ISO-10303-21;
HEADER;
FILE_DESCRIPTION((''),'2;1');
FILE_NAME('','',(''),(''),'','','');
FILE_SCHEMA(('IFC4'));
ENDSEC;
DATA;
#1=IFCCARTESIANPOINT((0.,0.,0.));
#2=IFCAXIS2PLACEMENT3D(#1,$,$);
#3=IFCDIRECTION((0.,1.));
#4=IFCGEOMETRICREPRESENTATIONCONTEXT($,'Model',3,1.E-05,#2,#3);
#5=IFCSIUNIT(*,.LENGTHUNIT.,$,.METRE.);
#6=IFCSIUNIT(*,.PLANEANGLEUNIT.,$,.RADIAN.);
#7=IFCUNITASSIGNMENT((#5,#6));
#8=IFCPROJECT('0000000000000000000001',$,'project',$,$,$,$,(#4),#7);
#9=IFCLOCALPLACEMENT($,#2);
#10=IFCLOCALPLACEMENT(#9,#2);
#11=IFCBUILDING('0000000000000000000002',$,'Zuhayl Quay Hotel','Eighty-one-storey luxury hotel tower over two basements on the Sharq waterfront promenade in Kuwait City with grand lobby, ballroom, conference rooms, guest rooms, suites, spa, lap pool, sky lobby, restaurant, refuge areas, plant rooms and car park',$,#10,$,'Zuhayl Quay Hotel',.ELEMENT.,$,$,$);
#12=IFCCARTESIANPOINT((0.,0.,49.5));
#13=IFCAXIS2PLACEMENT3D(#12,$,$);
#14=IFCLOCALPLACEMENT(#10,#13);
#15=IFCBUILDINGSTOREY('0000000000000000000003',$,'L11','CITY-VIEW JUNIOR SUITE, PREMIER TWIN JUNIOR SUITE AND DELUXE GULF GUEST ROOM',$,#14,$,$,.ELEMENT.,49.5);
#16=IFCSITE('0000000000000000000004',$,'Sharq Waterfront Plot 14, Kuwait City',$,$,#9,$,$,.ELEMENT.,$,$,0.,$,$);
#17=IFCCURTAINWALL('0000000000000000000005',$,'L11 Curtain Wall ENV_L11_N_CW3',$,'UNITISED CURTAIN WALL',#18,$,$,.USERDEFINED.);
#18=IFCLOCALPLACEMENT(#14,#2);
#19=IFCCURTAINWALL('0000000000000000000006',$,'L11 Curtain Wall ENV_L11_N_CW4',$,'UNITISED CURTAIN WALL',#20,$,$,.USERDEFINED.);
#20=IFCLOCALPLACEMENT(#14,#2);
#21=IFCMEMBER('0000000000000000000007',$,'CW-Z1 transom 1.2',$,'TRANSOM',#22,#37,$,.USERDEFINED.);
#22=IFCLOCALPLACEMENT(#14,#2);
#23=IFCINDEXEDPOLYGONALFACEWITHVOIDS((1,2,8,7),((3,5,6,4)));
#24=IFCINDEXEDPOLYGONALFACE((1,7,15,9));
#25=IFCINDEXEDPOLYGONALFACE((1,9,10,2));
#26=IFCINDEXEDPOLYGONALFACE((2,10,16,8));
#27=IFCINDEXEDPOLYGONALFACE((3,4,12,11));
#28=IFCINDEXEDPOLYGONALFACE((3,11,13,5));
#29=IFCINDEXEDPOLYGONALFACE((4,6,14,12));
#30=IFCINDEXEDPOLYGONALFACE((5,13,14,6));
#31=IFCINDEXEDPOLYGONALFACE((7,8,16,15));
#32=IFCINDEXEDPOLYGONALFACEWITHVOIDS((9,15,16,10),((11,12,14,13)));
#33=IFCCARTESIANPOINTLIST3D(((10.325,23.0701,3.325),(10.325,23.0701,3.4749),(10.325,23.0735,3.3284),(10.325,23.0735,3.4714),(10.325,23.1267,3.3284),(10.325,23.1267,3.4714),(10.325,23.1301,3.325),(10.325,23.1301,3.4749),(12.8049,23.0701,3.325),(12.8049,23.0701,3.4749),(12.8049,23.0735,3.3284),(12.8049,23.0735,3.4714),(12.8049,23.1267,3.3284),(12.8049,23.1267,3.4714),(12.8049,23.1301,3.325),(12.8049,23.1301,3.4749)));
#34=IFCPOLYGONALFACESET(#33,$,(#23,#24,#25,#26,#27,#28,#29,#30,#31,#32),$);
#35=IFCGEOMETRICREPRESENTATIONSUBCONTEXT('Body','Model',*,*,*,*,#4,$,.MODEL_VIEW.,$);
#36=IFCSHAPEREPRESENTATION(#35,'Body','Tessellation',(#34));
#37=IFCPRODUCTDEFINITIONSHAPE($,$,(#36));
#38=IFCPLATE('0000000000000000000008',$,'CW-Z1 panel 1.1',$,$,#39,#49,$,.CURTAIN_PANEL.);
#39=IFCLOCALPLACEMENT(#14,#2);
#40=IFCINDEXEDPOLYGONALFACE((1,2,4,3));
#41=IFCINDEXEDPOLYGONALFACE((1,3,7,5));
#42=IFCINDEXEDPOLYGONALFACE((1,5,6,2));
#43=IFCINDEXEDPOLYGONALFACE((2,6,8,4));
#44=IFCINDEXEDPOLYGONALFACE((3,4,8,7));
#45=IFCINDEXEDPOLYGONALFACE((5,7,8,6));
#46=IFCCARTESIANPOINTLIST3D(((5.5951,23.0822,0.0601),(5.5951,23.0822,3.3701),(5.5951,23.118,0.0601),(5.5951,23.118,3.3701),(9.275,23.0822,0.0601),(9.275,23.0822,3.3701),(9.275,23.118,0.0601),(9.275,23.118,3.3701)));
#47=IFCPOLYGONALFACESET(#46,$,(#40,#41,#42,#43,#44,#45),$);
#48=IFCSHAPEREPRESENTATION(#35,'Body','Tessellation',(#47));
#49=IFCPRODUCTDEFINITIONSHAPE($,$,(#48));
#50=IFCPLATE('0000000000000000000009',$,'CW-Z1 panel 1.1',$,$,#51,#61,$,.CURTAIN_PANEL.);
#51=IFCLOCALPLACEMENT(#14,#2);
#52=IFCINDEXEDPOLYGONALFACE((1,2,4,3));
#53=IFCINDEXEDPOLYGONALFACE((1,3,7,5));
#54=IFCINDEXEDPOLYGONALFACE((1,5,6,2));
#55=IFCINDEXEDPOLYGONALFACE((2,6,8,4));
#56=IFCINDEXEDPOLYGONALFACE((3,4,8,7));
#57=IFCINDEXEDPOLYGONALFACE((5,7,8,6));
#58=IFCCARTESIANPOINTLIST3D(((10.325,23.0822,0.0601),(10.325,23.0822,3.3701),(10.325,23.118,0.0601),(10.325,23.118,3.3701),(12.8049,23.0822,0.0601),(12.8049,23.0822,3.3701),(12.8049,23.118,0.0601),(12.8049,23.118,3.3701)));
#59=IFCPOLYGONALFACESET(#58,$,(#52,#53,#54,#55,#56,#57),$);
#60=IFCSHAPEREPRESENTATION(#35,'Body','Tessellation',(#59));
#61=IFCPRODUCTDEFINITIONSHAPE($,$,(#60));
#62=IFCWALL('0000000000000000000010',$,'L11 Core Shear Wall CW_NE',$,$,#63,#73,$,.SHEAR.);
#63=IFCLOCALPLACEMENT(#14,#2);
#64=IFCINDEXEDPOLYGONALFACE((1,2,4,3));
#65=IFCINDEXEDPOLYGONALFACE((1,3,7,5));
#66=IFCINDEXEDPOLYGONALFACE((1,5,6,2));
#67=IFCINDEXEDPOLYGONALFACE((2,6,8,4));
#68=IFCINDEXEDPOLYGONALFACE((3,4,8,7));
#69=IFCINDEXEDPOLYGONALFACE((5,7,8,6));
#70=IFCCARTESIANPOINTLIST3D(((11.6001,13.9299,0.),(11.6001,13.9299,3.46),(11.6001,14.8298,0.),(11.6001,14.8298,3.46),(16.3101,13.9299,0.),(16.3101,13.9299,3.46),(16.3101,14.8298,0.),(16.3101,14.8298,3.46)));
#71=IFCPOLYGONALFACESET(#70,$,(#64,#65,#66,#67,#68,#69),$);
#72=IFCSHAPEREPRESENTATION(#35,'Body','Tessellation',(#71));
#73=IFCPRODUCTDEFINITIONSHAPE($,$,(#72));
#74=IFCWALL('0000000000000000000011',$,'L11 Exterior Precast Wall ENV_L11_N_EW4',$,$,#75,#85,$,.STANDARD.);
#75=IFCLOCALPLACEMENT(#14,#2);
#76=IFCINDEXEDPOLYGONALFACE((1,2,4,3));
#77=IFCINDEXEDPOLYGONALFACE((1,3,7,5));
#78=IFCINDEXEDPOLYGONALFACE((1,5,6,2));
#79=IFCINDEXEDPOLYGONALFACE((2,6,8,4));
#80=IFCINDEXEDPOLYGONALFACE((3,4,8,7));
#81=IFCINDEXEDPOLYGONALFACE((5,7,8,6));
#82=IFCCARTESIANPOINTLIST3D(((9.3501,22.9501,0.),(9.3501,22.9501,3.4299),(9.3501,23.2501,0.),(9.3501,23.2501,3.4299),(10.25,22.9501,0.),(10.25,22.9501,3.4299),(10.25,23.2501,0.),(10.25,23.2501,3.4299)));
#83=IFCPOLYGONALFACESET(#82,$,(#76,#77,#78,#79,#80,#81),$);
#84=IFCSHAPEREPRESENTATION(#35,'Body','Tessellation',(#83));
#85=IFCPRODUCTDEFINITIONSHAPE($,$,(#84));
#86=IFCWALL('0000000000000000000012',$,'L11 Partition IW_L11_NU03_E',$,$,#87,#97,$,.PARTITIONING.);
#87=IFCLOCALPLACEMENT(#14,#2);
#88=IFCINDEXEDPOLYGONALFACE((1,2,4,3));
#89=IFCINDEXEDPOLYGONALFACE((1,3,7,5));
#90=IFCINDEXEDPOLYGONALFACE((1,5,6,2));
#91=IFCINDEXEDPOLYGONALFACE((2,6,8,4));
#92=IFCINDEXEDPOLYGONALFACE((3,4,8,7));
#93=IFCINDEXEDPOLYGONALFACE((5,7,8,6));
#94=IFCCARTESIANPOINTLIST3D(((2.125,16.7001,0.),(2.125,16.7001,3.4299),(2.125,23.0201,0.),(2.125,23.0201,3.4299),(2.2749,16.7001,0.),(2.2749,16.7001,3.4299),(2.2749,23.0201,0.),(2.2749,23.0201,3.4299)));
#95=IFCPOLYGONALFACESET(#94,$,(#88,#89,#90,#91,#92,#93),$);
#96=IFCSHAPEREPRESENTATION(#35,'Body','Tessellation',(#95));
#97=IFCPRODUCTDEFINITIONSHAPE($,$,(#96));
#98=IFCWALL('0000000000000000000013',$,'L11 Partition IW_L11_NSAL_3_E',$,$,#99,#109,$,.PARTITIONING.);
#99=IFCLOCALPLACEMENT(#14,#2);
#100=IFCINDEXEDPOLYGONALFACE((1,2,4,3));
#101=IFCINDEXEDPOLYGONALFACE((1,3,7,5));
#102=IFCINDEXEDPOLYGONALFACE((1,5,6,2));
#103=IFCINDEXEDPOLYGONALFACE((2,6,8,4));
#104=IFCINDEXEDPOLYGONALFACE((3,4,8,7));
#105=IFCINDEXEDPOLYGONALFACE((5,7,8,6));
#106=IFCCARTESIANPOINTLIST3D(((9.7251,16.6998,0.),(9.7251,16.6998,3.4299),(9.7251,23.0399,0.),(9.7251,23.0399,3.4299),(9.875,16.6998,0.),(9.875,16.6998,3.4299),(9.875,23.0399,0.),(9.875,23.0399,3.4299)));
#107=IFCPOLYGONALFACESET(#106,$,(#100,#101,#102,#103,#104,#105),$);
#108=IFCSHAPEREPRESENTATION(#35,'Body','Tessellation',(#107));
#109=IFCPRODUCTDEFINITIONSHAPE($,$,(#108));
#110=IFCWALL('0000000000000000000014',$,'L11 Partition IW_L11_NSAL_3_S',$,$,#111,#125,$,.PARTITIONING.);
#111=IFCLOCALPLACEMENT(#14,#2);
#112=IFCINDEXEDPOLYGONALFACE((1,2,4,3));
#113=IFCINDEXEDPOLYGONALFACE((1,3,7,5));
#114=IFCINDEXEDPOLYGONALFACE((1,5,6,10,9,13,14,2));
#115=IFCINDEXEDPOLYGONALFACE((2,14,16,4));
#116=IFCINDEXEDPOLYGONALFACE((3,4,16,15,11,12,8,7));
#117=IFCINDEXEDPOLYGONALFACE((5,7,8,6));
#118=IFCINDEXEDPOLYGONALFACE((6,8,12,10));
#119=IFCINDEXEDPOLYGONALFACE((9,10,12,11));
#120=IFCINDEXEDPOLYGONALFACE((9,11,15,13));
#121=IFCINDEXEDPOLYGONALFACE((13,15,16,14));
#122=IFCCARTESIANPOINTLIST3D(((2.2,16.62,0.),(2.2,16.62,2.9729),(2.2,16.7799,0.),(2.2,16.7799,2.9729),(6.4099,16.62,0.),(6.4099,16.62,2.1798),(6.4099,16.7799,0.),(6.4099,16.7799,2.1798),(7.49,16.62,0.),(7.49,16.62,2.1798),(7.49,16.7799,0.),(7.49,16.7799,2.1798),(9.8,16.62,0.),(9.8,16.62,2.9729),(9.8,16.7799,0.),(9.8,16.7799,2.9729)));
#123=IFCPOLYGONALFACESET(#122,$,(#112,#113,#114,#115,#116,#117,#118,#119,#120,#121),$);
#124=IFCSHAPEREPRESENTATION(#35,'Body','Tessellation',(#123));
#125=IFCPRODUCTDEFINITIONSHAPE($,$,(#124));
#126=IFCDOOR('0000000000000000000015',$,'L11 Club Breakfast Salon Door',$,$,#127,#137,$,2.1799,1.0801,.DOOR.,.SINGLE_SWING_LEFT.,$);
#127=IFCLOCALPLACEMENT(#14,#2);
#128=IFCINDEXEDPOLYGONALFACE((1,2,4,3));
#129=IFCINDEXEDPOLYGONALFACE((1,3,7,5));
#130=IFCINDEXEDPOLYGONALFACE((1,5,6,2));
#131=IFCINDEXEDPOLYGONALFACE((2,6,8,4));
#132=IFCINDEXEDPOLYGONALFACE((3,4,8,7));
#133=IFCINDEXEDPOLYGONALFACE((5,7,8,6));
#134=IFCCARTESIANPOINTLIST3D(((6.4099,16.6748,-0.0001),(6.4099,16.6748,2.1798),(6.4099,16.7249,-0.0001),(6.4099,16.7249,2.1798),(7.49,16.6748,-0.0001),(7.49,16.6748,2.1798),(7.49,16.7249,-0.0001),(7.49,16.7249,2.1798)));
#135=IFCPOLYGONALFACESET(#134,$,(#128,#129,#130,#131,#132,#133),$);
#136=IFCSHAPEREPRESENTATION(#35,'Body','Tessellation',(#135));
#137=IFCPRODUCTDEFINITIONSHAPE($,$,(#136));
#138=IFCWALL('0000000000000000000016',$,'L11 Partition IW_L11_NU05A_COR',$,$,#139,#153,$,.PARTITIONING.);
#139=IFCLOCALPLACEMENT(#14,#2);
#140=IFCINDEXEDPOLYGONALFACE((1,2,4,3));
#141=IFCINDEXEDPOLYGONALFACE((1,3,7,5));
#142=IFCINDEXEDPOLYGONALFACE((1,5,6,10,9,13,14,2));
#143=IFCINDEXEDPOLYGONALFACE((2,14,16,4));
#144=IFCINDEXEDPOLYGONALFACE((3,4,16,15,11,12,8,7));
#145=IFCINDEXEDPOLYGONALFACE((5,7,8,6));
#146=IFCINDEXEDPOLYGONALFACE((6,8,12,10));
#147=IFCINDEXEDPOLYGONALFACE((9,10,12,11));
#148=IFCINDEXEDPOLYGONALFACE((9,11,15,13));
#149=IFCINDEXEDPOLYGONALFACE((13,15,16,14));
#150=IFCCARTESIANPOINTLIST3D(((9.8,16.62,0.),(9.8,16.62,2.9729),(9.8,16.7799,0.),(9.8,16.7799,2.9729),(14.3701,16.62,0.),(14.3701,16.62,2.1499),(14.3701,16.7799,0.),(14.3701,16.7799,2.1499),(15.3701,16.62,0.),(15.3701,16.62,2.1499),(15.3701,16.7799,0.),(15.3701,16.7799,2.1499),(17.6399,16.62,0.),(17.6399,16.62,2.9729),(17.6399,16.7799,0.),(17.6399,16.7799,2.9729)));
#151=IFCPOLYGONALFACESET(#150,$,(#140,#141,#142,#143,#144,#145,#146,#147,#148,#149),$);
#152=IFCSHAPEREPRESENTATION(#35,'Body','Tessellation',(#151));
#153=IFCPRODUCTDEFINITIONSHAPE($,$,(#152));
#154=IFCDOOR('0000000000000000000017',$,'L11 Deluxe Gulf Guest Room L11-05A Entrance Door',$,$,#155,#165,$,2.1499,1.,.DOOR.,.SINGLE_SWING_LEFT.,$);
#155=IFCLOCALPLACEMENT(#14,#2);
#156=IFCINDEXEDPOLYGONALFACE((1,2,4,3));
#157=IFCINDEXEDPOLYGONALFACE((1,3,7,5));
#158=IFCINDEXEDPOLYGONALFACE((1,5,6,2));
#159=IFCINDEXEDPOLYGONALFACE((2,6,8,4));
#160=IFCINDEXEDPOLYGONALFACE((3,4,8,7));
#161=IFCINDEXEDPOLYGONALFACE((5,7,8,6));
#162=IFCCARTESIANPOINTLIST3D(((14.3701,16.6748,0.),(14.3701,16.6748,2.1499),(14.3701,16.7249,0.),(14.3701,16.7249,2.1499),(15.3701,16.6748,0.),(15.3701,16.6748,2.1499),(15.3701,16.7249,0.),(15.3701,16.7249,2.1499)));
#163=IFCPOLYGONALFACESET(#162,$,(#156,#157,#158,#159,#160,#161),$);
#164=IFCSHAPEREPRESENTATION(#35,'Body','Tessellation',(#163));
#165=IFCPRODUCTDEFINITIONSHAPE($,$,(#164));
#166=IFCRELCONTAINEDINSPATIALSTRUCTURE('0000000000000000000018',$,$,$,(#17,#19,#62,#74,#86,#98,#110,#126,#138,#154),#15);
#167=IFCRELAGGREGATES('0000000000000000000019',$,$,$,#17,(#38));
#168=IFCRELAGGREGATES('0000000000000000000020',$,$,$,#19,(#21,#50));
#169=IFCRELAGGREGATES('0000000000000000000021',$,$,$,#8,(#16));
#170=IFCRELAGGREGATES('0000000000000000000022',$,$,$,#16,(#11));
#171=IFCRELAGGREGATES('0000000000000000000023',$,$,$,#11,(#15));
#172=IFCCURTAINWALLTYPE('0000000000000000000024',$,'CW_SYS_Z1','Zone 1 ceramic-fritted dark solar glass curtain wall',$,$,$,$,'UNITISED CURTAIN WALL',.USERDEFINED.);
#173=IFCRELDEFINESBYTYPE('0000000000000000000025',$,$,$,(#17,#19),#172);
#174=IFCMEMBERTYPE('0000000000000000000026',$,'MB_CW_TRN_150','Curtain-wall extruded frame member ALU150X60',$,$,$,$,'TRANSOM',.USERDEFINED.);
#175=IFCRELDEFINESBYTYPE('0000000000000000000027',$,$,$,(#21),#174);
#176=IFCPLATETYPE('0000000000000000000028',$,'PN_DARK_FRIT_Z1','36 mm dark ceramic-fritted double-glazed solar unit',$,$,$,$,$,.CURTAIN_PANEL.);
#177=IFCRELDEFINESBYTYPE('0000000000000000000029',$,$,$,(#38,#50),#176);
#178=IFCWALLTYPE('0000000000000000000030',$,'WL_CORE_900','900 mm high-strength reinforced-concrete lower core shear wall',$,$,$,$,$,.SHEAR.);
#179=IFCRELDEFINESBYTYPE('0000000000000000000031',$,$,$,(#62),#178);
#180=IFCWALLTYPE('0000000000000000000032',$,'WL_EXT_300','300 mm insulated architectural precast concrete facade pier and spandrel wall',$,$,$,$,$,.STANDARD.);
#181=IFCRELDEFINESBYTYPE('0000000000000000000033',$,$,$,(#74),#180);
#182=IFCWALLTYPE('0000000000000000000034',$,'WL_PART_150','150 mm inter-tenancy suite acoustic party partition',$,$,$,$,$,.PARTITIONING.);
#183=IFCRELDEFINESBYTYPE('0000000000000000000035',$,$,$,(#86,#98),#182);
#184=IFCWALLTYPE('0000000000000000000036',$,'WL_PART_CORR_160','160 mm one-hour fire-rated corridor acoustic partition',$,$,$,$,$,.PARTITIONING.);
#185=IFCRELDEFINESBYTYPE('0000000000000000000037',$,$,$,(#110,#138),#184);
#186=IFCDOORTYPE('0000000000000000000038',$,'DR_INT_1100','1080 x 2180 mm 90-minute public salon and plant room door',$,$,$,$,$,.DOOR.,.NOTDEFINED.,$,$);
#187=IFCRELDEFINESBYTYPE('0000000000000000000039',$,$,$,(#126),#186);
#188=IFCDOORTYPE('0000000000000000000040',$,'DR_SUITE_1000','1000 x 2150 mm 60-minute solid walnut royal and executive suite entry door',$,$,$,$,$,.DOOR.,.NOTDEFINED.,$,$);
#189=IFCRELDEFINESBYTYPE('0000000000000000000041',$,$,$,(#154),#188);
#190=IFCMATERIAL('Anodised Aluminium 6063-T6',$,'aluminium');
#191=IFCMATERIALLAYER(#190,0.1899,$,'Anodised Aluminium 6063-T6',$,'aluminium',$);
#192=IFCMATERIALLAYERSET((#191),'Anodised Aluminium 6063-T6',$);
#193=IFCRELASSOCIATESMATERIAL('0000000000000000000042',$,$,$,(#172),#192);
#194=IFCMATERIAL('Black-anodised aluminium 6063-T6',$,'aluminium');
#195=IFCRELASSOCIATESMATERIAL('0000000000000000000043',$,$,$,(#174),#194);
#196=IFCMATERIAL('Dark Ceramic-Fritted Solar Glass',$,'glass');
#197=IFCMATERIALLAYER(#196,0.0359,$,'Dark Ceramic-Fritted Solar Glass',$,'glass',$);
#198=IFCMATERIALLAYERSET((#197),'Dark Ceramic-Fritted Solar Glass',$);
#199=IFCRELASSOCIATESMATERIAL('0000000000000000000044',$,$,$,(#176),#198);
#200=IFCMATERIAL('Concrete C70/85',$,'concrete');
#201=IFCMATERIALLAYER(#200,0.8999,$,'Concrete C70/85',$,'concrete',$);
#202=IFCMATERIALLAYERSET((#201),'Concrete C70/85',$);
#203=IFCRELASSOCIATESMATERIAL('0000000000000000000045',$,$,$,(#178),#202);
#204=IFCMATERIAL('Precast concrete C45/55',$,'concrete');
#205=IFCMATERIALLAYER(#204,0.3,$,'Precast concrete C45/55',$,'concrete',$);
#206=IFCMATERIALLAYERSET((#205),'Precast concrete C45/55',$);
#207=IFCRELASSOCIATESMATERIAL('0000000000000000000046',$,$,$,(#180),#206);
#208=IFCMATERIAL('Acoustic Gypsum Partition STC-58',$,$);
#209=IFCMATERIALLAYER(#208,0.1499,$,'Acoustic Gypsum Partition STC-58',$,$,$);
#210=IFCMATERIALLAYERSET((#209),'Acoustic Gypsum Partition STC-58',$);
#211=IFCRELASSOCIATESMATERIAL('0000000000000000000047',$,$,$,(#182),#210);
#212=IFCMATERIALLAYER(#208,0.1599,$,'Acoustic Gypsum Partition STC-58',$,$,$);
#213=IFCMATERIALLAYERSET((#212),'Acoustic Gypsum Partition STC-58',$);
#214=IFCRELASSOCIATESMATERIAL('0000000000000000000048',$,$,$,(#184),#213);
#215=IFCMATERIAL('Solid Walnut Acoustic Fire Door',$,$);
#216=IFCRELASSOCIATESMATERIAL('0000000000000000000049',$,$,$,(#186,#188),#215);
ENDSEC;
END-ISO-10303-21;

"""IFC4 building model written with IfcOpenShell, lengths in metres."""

from ifc_helpers import new_model, si_unit, direction, frame, frame_2d, origin, origin_2d, place, context, subcontext, project, spatial, rectangle, hollow_rectangle, extrude, material, layer, layer_set, material_profile, profile_set, type_object, element, fill, aggregate, save


model = new_model("IFC4")

# Units and contexts
model_context = context("Model", 3, precision=1e-05, world=origin(), true_north=direction((0.0, 1.0)))
body_context = subcontext(model_context, "Body", "Model", "MODEL_VIEW")
ifc_project = project(units=[si_unit("LENGTHUNIT", "METRE"), si_unit("PLANEANGLEUNIT", "RADIAN")], contexts=[model_context])

# Site, building, storey
site_placement = place(None, origin())
site = spatial("IfcSite", under=ifc_project, at=site_placement, Name="Sharq Waterfront Plot 14, Kuwait City", CompositionType="ELEMENT", RefElevation=0.0)
building_placement = place(site_placement, origin())
building = spatial("IfcBuilding", under=site, at=building_placement, Name="Zuhayl Quay Hotel", Description="Eighty-one-storey luxury hotel tower over two basements on the Sharq waterfront promenade in Kuwait City with grand lobby, ballroom, conference rooms, guest rooms, suites, spa, lap pool, sky lobby, restaurant, refuge areas, plant rooms and car park", LongName="Zuhayl Quay Hotel", CompositionType="ELEMENT")
storey_placement = place(building_placement, frame((0.0, 0.0, 49.5)))
storey = spatial("IfcBuildingStorey", under=building, at=storey_placement, Name="L11", Description="CITY-VIEW JUNIOR SUITE, PREMIER TWIN JUNIOR SUITE AND DELUXE GULF GUEST ROOM", CompositionType="ELEMENT", Elevation=49.5)

# Shared definitions
ifc_material_1 = material(Name="Concrete C70/85", Category="concrete")

# Curtain wall
ifc_material_2 = material(Name="Anodised Aluminium 6063-T6", Category="aluminium")
ifc_layer_1 = layer(ifc_material_2, 0.1899, Name="Anodised Aluminium 6063-T6", Category="aluminium")
ifc_layer_set_1 = layer_set([ifc_layer_1], Name="Anodised Aluminium 6063-T6")
curtain_wall_type = type_object("IfcCurtainWallType", Name="CW_SYS_Z1", Description="Zone 1 ceramic-fritted dark solar glass curtain wall", ElementType="UNITISED CURTAIN WALL", PredefinedType="USERDEFINED", material=ifc_layer_set_1)
curtain_wall_1_placement = place(storey_placement, origin())
curtain_wall_1 = element("IfcCurtainWall", 1, at=curtain_wall_1_placement, inside=storey, type_object=curtain_wall_type, Name="L11 Curtain Wall ENV_L11_N_CW3", ObjectType="UNITISED CURTAIN WALL", PredefinedType="USERDEFINED")
ifc_material_3 = material(Name="Black-anodised aluminium 6063-T6", Category="aluminium")

# Curtain wall
curtain_wall_2_placement = place(storey_placement, origin())
curtain_wall_2 = element("IfcCurtainWall", 2, at=curtain_wall_2_placement, inside=storey, type_object=curtain_wall_type, Name="L11 Curtain Wall ENV_L11_N_CW4", ObjectType="UNITISED CURTAIN WALL", PredefinedType="USERDEFINED")

# Member
ifc_material_profile_1 = material_profile(ifc_material_3, hollow_rectangle(XDim=0.0601, YDim=0.1499, WallThickness=0.0034, at=origin_2d()), Name="ALU150X60")
ifc_profile_set_1 = profile_set([ifc_material_profile_1], Name="Black-anodised aluminium 6063-T6")
member_type_1 = type_object("IfcMemberType", Name="MB_CW_TRN_150", Description="Curtain-wall extruded frame member ALU150X60", ElementType="TRANSOM", PredefinedType="USERDEFINED", material=ifc_profile_set_1)
member_1_placement = place(storey_placement, frame((10.325, 23.1001, 3.3999), z_axis=(1.0, 0.0, 0.0), x_axis=(0.0, 1.0, 0.0)))
member_1 = element("IfcMember", 3, at=member_1_placement, type_object=member_type_1, Name="CW-Z1 transom 1.2", ObjectType="TRANSOM", PredefinedType="USERDEFINED", context=body_context, shape_type="SweptSolid", body=[
    extrude(hollow_rectangle(XDim=0.0601, YDim=0.1499, WallThickness=0.0034, at=origin_2d()), origin(), (0.0, 0.0, 1.0), 2.48),
])

# Plates
ifc_material_4 = material(Name="Dark Ceramic-Fritted Solar Glass", Category="glass")
ifc_layer_2 = layer(ifc_material_4, 0.0359, Name="Dark Ceramic-Fritted Solar Glass", Category="glass")
ifc_layer_set_2 = layer_set([ifc_layer_2], Name="Dark Ceramic-Fritted Solar Glass")
plate_type = type_object("IfcPlateType", Name="PN_DARK_FRIT_Z1", Description="36 mm dark ceramic-fritted double-glazed solar unit", PredefinedType="CURTAIN_PANEL", material=ifc_layer_set_2)
plate_1_placement = place(storey_placement, frame((7.4351, 23.1001, 0.0601), z_axis=(0.0, 0.0, 1.0), x_axis=(1.0, 0.0, 0.0)))
plate_1 = element("IfcPlate", 4, at=plate_1_placement, type_object=plate_type, Name="CW-Z1 panel 1.1", PredefinedType="CURTAIN_PANEL", context=body_context, shape_type="SweptSolid", body=[
    extrude(rectangle(XDim=3.6799, YDim=0.0359, at=origin_2d()), origin(), (0.0, 0.0, 1.0), 3.3101),
])
aggregate(curtain_wall_1, [plate_1])
plate_2_placement = place(storey_placement, frame((11.5649, 23.1001, 0.0601), z_axis=(0.0, 0.0, 1.0), x_axis=(1.0, 0.0, 0.0)))
plate_2 = element("IfcPlate", 5, at=plate_2_placement, type_object=plate_type, Name="CW-Z1 panel 1.1", PredefinedType="CURTAIN_PANEL", context=body_context, shape_type="SweptSolid", body=[
    extrude(rectangle(XDim=2.48, YDim=0.0359, at=origin_2d()), origin(), (0.0, 0.0, 1.0), 3.3101),
])
aggregate(curtain_wall_2, [member_1, plate_2])

# Walls
ifc_layer_3 = layer(ifc_material_1, 0.8999, Name="Concrete C70/85", Category="concrete")
ifc_layer_set_3 = layer_set([ifc_layer_3], Name="Concrete C70/85")
wall_type_1 = type_object("IfcWallType", Name="WL_CORE_900", Description="900 mm high-strength reinforced-concrete lower core shear wall", PredefinedType="SHEAR", material=ifc_layer_set_3)
wall_1_placement = place(storey_placement, frame((11.6001, 14.3799, 0.0), z_axis=(0.0, 0.0, 1.0), x_axis=(1.0, 0.0, 0.0)))
element("IfcWall", 6, at=wall_1_placement, inside=storey, type_object=wall_type_1, Name="L11 Core Shear Wall CW_NE", PredefinedType="SHEAR", context=body_context, shape_type="SweptSolid", body=[
    extrude(rectangle(XDim=4.71, YDim=0.8999, at=frame_2d((2.355, 0.0))), origin(), (0.0, 0.0, 1.0), 3.46),
])
ifc_material_5 = material(Name="Precast concrete C45/55", Category="concrete")
ifc_layer_4 = layer(ifc_material_5, 0.3, Name="Precast concrete C45/55", Category="concrete")
ifc_layer_set_4 = layer_set([ifc_layer_4], Name="Precast concrete C45/55")
wall_type_2 = type_object("IfcWallType", Name="WL_EXT_300", Description="300 mm insulated architectural precast concrete facade pier and spandrel wall", PredefinedType="STANDARD", material=ifc_layer_set_4)
wall_2_placement = place(storey_placement, frame((9.3501, 23.1001, 0.0), z_axis=(0.0, 0.0, 1.0), x_axis=(1.0, 0.0, 0.0)))
element("IfcWall", 7, at=wall_2_placement, inside=storey, type_object=wall_type_2, Name="L11 Exterior Precast Wall ENV_L11_N_EW4", PredefinedType="STANDARD", context=body_context, shape_type="SweptSolid", body=[
    extrude(rectangle(XDim=0.8999, YDim=0.3, at=frame_2d((0.45, 0.0))), origin(), (0.0, 0.0, 1.0), 3.4299),
])
ifc_material_6 = material(Name="Acoustic Gypsum Partition STC-58")
ifc_layer_5 = layer(ifc_material_6, 0.1499, Name="Acoustic Gypsum Partition STC-58")
ifc_layer_set_5 = layer_set([ifc_layer_5], Name="Acoustic Gypsum Partition STC-58")
wall_type_3 = type_object("IfcWallType", Name="WL_PART_150", Description="150 mm inter-tenancy suite acoustic party partition", PredefinedType="PARTITIONING", material=ifc_layer_set_5)
wall_3_placement = place(storey_placement, frame((2.2, 16.7, 0.0), z_axis=(0.0, 0.0, 1.0), x_axis=(0.0, 1.0, 0.0)))
element("IfcWall", 8, at=wall_3_placement, inside=storey, type_object=wall_type_3, Name="L11 Partition IW_L11_NU03_E", PredefinedType="PARTITIONING", context=body_context, shape_type="SweptSolid", body=[
    extrude(rectangle(XDim=6.3201, YDim=0.1499, at=frame_2d((3.1602, 0.0))), origin(), (0.0, 0.0, 1.0), 3.4299),
])
wall_4_placement = place(storey_placement, frame((9.8, 16.7, 0.0), z_axis=(0.0, 0.0, 1.0), x_axis=(0.0, 1.0, 0.0)))
element("IfcWall", 9, at=wall_4_placement, inside=storey, type_object=wall_type_3, Name="L11 Partition IW_L11_NSAL_3_E", PredefinedType="PARTITIONING", context=body_context, shape_type="SweptSolid", body=[
    extrude(rectangle(XDim=6.3401, YDim=0.1499, at=frame_2d((3.1699, 0.0))), origin(), (0.0, 0.0, 1.0), 3.4299),
])

# Walls, openings, doors
ifc_layer_6 = layer(ifc_material_6, 0.1599, Name="Acoustic Gypsum Partition STC-58")
ifc_layer_set_6 = layer_set([ifc_layer_6], Name="Acoustic Gypsum Partition STC-58")
wall_type_4 = type_object("IfcWallType", Name="WL_PART_CORR_160", Description="160 mm one-hour fire-rated corridor acoustic partition", PredefinedType="PARTITIONING", material=ifc_layer_set_6)
wall_5_placement = place(storey_placement, frame((2.2, 16.7, 0.0), z_axis=(0.0, 0.0, 1.0), x_axis=(1.0, 0.0, 0.0)))
wall_5 = element("IfcWall", 10, at=wall_5_placement, inside=storey, type_object=wall_type_4, Name="L11 Partition IW_L11_NSAL_3_S", PredefinedType="PARTITIONING", context=body_context, shape_type="SweptSolid", body=[
    extrude(rectangle(XDim=7.6001, YDim=0.1599, at=frame_2d((3.8, 0.0))), origin(), (0.0, 0.0, 1.0), 2.9729),
])
opening_1_placement = place(wall_5_placement, frame((4.21, 0.0, 0.0)))
opening_1 = element("IfcOpeningElement", 11, at=opening_1_placement, cuts=wall_5, PredefinedType="OPENING", context=body_context, shape_type="SweptSolid", body=[
    extrude(rectangle(XDim=1.0801, YDim=2.1799, at=frame_2d((0.54, 1.0898))), frame((0.0, 0.0898, 0.0), z_axis=(0.0, -1.0, 0.0), x_axis=(1.0, 0.0, 0.0)), (0.0, 0.0, 1.0), 0.1799),
])
ifc_material_7 = material(Name="Solid Walnut Acoustic Fire Door")
door_type_1 = type_object("IfcDoorType", Name="DR_INT_1100", Description="1080 x 2180 mm 90-minute public salon and plant room door", OperationType="NOTDEFINED", PredefinedType="DOOR", material=ifc_material_7)
door_1_placement = place(opening_1_placement, origin())
door_1 = element("IfcDoor", 12, at=door_1_placement, inside=storey, type_object=door_type_1, Name="L11 Club Breakfast Salon Door", OperationType="SINGLE_SWING_LEFT", OverallHeight=2.1799, OverallWidth=1.0801, PredefinedType="DOOR", context=body_context, shape_type="SweptSolid", body=[
    extrude(rectangle(XDim=1.0801, YDim=2.1799, at=frame_2d((0.54, 1.0898))), frame((0.0, 0.0249, 0.0), z_axis=(0.0, -1.0, 0.0), x_axis=(1.0, 0.0, 0.0)), (0.0, 0.0, 1.0), 0.05),
])
fill(opening_1, door_1)
wall_6_placement = place(storey_placement, frame((9.8, 16.7, 0.0), z_axis=(0.0, 0.0, 1.0), x_axis=(1.0, 0.0, 0.0)))
wall_6 = element("IfcWall", 13, at=wall_6_placement, inside=storey, type_object=wall_type_4, Name="L11 Partition IW_L11_NU05A_COR", PredefinedType="PARTITIONING", context=body_context, shape_type="SweptSolid", body=[
    extrude(rectangle(XDim=7.8398, YDim=0.1599, at=frame_2d((3.9199, 0.0))), origin(), (0.0, 0.0, 1.0), 2.9729),
])
opening_2_placement = place(wall_6_placement, frame((4.5701, 0.0, 0.0)))
opening_2 = element("IfcOpeningElement", 14, at=opening_2_placement, cuts=wall_6, PredefinedType="OPENING", context=body_context, shape_type="SweptSolid", body=[
    extrude(rectangle(XDim=1.0, YDim=2.1499, at=frame_2d((0.5, 1.075))), frame((0.0, 0.0898, 0.0), z_axis=(0.0, -1.0, 0.0), x_axis=(1.0, 0.0, 0.0)), (0.0, 0.0, 1.0), 0.1799),
])
door_type_2 = type_object("IfcDoorType", Name="DR_SUITE_1000", Description="1000 x 2150 mm 60-minute solid walnut royal and executive suite entry door", OperationType="NOTDEFINED", PredefinedType="DOOR", material=ifc_material_7)
door_2_placement = place(opening_2_placement, origin())
door_2 = element("IfcDoor", 15, at=door_2_placement, inside=storey, type_object=door_type_2, Name="L11 Deluxe Gulf Guest Room L11-05A Entrance Door", OperationType="SINGLE_SWING_LEFT", OverallHeight=2.1499, OverallWidth=1.0, PredefinedType="DOOR", context=body_context, shape_type="SweptSolid", body=[
    extrude(rectangle(XDim=1.0, YDim=2.1499, at=frame_2d((0.5, 1.075))), frame((0.0, 0.0249, 0.0), z_axis=(0.0, -1.0, 0.0), x_axis=(1.0, 0.0, 0.0)), (0.0, 0.0, 1.0), 0.05),
])
fill(opening_2, door_2)

save(model, "model.ifc")
